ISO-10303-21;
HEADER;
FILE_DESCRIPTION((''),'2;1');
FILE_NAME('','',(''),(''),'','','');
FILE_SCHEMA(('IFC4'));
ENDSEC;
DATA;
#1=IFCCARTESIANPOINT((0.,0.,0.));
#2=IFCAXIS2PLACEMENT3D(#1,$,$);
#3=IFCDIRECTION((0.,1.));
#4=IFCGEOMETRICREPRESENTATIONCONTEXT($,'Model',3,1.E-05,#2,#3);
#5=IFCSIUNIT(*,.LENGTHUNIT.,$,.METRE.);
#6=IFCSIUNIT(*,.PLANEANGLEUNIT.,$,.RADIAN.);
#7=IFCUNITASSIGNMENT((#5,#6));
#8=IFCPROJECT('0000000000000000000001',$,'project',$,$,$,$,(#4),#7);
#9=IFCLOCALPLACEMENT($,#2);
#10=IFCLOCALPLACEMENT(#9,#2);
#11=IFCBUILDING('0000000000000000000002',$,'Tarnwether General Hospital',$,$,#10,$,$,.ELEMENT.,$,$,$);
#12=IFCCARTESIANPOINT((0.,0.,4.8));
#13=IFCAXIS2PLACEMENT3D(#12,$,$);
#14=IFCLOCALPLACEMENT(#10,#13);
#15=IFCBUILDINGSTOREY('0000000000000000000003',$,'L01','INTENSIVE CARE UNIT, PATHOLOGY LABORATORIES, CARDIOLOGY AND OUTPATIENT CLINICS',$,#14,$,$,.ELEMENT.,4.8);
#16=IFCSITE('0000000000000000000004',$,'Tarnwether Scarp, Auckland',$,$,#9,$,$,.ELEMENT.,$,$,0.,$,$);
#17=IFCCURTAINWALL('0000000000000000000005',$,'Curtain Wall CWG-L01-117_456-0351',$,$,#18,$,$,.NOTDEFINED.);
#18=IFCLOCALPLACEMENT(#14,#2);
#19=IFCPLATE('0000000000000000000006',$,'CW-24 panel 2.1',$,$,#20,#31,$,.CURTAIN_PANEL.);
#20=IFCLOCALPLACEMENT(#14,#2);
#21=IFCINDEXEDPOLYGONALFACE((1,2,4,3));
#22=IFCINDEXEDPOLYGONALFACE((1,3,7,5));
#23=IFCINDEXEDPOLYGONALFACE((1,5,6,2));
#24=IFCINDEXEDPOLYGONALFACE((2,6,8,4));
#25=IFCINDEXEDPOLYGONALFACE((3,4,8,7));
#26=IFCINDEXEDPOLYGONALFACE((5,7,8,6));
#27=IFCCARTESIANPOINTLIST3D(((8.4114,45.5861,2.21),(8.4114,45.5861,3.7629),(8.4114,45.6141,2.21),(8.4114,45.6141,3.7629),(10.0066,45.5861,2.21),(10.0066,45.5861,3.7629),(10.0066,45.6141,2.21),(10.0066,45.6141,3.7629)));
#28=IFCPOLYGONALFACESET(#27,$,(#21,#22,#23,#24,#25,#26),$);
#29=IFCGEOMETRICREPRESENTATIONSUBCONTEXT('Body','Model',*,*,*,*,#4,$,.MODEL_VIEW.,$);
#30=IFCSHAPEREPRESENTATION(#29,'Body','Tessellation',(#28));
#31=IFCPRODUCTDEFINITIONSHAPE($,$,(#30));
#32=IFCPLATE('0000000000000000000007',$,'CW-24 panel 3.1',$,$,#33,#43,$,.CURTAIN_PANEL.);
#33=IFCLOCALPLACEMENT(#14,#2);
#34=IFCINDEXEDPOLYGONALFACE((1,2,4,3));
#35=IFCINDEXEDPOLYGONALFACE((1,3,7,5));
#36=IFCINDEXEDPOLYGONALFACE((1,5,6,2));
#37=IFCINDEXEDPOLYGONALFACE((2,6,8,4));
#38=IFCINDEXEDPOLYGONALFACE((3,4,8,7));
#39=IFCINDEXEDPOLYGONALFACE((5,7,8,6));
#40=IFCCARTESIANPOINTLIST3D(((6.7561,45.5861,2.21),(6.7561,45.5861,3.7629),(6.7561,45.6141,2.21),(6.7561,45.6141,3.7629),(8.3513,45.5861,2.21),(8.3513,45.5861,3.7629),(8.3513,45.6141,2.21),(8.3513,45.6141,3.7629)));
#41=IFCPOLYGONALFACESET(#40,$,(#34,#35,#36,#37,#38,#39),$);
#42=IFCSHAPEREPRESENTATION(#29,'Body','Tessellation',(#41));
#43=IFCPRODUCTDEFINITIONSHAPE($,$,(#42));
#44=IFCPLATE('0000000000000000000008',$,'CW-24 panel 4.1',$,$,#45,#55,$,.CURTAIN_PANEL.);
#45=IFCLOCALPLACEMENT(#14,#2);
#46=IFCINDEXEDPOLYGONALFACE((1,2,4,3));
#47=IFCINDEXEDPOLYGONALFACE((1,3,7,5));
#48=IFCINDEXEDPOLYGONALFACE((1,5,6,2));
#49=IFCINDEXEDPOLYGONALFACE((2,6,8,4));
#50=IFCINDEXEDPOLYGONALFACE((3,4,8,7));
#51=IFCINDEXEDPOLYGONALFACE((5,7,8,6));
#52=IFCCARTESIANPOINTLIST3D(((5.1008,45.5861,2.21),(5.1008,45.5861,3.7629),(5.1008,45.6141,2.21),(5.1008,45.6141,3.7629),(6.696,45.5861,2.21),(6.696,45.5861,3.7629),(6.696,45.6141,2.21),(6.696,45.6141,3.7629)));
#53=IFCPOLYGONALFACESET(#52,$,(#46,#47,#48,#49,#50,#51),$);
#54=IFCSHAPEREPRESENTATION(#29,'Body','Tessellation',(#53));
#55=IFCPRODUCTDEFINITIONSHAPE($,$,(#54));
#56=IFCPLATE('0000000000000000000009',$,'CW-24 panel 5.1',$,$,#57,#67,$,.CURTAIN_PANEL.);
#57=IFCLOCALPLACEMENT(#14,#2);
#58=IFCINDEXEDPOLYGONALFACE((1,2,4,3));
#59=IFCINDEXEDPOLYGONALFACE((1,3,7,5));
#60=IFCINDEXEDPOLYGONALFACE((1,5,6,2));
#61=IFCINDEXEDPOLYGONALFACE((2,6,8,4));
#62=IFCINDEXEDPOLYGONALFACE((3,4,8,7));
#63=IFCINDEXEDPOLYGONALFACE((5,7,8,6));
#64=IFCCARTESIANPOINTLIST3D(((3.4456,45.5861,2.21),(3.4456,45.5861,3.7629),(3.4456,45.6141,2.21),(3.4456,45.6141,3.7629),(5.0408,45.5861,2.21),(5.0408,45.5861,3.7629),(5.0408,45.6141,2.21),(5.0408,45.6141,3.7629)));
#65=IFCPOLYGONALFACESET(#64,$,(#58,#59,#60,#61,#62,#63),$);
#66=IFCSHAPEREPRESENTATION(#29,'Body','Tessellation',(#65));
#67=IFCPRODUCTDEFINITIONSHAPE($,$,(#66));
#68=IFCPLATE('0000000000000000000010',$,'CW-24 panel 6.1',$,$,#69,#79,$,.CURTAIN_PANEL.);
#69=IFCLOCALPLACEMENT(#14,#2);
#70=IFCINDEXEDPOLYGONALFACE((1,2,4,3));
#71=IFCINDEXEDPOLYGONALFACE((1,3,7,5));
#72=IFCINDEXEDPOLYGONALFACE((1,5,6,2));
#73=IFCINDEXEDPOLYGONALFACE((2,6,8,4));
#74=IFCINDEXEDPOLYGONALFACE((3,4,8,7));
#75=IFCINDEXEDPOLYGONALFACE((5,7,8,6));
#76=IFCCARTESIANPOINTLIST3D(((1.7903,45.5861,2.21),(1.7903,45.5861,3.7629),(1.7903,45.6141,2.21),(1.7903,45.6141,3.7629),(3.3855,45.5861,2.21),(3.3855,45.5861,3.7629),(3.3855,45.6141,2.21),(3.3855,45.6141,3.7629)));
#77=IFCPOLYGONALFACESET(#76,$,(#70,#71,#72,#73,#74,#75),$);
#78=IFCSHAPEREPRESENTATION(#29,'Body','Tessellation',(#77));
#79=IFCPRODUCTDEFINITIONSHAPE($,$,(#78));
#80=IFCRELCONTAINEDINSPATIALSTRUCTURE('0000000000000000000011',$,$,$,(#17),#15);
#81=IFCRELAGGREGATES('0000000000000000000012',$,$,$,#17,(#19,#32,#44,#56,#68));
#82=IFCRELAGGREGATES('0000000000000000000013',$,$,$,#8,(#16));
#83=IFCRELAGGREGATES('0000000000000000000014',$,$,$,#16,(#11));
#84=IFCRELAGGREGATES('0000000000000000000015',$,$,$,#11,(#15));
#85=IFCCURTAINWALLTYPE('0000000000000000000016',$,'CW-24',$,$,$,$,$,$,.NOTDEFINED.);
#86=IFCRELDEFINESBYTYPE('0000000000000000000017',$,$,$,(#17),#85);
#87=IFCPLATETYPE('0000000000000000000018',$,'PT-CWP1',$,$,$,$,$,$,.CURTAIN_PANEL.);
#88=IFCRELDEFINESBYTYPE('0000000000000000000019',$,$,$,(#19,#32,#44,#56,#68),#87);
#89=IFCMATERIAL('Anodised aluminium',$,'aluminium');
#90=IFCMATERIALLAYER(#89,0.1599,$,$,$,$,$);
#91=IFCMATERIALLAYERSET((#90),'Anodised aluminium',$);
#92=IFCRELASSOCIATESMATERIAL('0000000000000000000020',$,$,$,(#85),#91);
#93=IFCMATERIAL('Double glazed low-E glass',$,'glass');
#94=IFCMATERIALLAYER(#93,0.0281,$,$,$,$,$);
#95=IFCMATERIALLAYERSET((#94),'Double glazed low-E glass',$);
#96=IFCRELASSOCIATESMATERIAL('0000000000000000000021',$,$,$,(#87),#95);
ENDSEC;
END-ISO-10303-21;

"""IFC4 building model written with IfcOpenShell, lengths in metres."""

from ifc_helpers import new_model, si_unit, direction, frame, origin, origin_2d, place, context, subcontext, project, spatial, rectangle, extrude, material, layer, layer_set, type_object, element, aggregate, save


model = new_model("IFC4")

# Units and contexts
model_context = context("Model", 3, precision=1e-05, world=origin(), true_north=direction((0.0, 1.0)))
body_context = subcontext(model_context, "Body", "Model", "MODEL_VIEW")
ifc_project = project(units=[si_unit("LENGTHUNIT", "METRE"), si_unit("PLANEANGLEUNIT", "RADIAN")], contexts=[model_context])

# Site, building, storey
site_placement = place(None, origin())
site = spatial("IfcSite", under=ifc_project, at=site_placement, Name="Tarnwether Scarp, Auckland", CompositionType="ELEMENT", RefElevation=0.0)
building_placement = place(site_placement, origin())
building = spatial("IfcBuilding", under=site, at=building_placement, Name="Tarnwether General Hospital", CompositionType="ELEMENT")
storey_placement = place(building_placement, frame((0.0, 0.0, 4.8)))
storey = spatial("IfcBuildingStorey", under=building, at=storey_placement, Name="L01", Description="INTENSIVE CARE UNIT, PATHOLOGY LABORATORIES, CARDIOLOGY AND OUTPATIENT CLINICS", CompositionType="ELEMENT", Elevation=4.8)

# Curtain wall, plates
ifc_material_1 = material(Name="Anodised aluminium", Category="aluminium")
ifc_layer_1 = layer(ifc_material_1, 0.1599)
ifc_layer_set_1 = layer_set([ifc_layer_1], Name="Anodised aluminium")
curtain_wall_type = type_object("IfcCurtainWallType", Name="CW-24", PredefinedType="NOTDEFINED", material=ifc_layer_set_1)
curtain_wall_placement = place(storey_placement, origin())
curtain_wall = element("IfcCurtainWall", 1, at=curtain_wall_placement, inside=storey, type_object=curtain_wall_type, Name="Curtain Wall CWG-L01-117_456-0351", PredefinedType="NOTDEFINED")
ifc_material_2 = material(Name="Double glazed low-E glass", Category="glass")
ifc_layer_2 = layer(ifc_material_2, 0.0281)
ifc_layer_set_2 = layer_set([ifc_layer_2], Name="Double glazed low-E glass")
plate_type = type_object("IfcPlateType", Name="PT-CWP1", PredefinedType="CURTAIN_PANEL", material=ifc_layer_set_2)
plate_1_placement = place(storey_placement, frame((9.209, 45.6001, 2.21), z_axis=(0.0, 0.0, 1.0), x_axis=(-1.0, 0.0, 0.0)))
plate_1 = element("IfcPlate", 2, at=plate_1_placement, type_object=plate_type, Name="CW-24 panel 2.1", PredefinedType="CURTAIN_PANEL", context=body_context, shape_type="SweptSolid", body=[
    extrude(rectangle(XDim=1.5952, YDim=0.0281, at=origin_2d()), origin(), (0.0, 0.0, 1.0), 1.553),
])
plate_2_placement = place(storey_placement, frame((7.5537, 45.6001, 2.21), z_axis=(0.0, 0.0, 1.0), x_axis=(-1.0, 0.0, 0.0)))
plate_2 = element("IfcPlate", 3, at=plate_2_placement, type_object=plate_type, Name="CW-24 panel 3.1", PredefinedType="CURTAIN_PANEL", context=body_context, shape_type="SweptSolid", body=[
    extrude(rectangle(XDim=1.5952, YDim=0.0281, at=origin_2d()), origin(), (0.0, 0.0, 1.0), 1.553),
])
plate_3_placement = place(storey_placement, frame((5.8984, 45.6001, 2.21), z_axis=(0.0, 0.0, 1.0), x_axis=(-1.0, 0.0, 0.0)))
plate_3 = element("IfcPlate", 4, at=plate_3_placement, type_object=plate_type, Name="CW-24 panel 4.1", PredefinedType="CURTAIN_PANEL", context=body_context, shape_type="SweptSolid", body=[
    extrude(rectangle(XDim=1.5952, YDim=0.0281, at=origin_2d()), origin(), (0.0, 0.0, 1.0), 1.553),
])
plate_4_placement = place(storey_placement, frame((4.2432, 45.6001, 2.21), z_axis=(0.0, 0.0, 1.0), x_axis=(-1.0, 0.0, 0.0)))
plate_4 = element("IfcPlate", 5, at=plate_4_placement, type_object=plate_type, Name="CW-24 panel 5.1", PredefinedType="CURTAIN_PANEL", context=body_context, shape_type="SweptSolid", body=[
    extrude(rectangle(XDim=1.5952, YDim=0.0281, at=origin_2d()), origin(), (0.0, 0.0, 1.0), 1.553),
])
plate_5_placement = place(storey_placement, frame((2.5879, 45.6001, 2.21), z_axis=(0.0, 0.0, 1.0), x_axis=(-1.0, 0.0, 0.0)))
plate_5 = element("IfcPlate", 6, at=plate_5_placement, type_object=plate_type, Name="CW-24 panel 6.1", PredefinedType="CURTAIN_PANEL", context=body_context, shape_type="SweptSolid", body=[
    extrude(rectangle(XDim=1.5952, YDim=0.0281, at=origin_2d()), origin(), (0.0, 0.0, 1.0), 1.553),
])
aggregate(curtain_wall, [plate_1, plate_2, plate_3, plate_4, plate_5])

save(model, "model.ifc")
